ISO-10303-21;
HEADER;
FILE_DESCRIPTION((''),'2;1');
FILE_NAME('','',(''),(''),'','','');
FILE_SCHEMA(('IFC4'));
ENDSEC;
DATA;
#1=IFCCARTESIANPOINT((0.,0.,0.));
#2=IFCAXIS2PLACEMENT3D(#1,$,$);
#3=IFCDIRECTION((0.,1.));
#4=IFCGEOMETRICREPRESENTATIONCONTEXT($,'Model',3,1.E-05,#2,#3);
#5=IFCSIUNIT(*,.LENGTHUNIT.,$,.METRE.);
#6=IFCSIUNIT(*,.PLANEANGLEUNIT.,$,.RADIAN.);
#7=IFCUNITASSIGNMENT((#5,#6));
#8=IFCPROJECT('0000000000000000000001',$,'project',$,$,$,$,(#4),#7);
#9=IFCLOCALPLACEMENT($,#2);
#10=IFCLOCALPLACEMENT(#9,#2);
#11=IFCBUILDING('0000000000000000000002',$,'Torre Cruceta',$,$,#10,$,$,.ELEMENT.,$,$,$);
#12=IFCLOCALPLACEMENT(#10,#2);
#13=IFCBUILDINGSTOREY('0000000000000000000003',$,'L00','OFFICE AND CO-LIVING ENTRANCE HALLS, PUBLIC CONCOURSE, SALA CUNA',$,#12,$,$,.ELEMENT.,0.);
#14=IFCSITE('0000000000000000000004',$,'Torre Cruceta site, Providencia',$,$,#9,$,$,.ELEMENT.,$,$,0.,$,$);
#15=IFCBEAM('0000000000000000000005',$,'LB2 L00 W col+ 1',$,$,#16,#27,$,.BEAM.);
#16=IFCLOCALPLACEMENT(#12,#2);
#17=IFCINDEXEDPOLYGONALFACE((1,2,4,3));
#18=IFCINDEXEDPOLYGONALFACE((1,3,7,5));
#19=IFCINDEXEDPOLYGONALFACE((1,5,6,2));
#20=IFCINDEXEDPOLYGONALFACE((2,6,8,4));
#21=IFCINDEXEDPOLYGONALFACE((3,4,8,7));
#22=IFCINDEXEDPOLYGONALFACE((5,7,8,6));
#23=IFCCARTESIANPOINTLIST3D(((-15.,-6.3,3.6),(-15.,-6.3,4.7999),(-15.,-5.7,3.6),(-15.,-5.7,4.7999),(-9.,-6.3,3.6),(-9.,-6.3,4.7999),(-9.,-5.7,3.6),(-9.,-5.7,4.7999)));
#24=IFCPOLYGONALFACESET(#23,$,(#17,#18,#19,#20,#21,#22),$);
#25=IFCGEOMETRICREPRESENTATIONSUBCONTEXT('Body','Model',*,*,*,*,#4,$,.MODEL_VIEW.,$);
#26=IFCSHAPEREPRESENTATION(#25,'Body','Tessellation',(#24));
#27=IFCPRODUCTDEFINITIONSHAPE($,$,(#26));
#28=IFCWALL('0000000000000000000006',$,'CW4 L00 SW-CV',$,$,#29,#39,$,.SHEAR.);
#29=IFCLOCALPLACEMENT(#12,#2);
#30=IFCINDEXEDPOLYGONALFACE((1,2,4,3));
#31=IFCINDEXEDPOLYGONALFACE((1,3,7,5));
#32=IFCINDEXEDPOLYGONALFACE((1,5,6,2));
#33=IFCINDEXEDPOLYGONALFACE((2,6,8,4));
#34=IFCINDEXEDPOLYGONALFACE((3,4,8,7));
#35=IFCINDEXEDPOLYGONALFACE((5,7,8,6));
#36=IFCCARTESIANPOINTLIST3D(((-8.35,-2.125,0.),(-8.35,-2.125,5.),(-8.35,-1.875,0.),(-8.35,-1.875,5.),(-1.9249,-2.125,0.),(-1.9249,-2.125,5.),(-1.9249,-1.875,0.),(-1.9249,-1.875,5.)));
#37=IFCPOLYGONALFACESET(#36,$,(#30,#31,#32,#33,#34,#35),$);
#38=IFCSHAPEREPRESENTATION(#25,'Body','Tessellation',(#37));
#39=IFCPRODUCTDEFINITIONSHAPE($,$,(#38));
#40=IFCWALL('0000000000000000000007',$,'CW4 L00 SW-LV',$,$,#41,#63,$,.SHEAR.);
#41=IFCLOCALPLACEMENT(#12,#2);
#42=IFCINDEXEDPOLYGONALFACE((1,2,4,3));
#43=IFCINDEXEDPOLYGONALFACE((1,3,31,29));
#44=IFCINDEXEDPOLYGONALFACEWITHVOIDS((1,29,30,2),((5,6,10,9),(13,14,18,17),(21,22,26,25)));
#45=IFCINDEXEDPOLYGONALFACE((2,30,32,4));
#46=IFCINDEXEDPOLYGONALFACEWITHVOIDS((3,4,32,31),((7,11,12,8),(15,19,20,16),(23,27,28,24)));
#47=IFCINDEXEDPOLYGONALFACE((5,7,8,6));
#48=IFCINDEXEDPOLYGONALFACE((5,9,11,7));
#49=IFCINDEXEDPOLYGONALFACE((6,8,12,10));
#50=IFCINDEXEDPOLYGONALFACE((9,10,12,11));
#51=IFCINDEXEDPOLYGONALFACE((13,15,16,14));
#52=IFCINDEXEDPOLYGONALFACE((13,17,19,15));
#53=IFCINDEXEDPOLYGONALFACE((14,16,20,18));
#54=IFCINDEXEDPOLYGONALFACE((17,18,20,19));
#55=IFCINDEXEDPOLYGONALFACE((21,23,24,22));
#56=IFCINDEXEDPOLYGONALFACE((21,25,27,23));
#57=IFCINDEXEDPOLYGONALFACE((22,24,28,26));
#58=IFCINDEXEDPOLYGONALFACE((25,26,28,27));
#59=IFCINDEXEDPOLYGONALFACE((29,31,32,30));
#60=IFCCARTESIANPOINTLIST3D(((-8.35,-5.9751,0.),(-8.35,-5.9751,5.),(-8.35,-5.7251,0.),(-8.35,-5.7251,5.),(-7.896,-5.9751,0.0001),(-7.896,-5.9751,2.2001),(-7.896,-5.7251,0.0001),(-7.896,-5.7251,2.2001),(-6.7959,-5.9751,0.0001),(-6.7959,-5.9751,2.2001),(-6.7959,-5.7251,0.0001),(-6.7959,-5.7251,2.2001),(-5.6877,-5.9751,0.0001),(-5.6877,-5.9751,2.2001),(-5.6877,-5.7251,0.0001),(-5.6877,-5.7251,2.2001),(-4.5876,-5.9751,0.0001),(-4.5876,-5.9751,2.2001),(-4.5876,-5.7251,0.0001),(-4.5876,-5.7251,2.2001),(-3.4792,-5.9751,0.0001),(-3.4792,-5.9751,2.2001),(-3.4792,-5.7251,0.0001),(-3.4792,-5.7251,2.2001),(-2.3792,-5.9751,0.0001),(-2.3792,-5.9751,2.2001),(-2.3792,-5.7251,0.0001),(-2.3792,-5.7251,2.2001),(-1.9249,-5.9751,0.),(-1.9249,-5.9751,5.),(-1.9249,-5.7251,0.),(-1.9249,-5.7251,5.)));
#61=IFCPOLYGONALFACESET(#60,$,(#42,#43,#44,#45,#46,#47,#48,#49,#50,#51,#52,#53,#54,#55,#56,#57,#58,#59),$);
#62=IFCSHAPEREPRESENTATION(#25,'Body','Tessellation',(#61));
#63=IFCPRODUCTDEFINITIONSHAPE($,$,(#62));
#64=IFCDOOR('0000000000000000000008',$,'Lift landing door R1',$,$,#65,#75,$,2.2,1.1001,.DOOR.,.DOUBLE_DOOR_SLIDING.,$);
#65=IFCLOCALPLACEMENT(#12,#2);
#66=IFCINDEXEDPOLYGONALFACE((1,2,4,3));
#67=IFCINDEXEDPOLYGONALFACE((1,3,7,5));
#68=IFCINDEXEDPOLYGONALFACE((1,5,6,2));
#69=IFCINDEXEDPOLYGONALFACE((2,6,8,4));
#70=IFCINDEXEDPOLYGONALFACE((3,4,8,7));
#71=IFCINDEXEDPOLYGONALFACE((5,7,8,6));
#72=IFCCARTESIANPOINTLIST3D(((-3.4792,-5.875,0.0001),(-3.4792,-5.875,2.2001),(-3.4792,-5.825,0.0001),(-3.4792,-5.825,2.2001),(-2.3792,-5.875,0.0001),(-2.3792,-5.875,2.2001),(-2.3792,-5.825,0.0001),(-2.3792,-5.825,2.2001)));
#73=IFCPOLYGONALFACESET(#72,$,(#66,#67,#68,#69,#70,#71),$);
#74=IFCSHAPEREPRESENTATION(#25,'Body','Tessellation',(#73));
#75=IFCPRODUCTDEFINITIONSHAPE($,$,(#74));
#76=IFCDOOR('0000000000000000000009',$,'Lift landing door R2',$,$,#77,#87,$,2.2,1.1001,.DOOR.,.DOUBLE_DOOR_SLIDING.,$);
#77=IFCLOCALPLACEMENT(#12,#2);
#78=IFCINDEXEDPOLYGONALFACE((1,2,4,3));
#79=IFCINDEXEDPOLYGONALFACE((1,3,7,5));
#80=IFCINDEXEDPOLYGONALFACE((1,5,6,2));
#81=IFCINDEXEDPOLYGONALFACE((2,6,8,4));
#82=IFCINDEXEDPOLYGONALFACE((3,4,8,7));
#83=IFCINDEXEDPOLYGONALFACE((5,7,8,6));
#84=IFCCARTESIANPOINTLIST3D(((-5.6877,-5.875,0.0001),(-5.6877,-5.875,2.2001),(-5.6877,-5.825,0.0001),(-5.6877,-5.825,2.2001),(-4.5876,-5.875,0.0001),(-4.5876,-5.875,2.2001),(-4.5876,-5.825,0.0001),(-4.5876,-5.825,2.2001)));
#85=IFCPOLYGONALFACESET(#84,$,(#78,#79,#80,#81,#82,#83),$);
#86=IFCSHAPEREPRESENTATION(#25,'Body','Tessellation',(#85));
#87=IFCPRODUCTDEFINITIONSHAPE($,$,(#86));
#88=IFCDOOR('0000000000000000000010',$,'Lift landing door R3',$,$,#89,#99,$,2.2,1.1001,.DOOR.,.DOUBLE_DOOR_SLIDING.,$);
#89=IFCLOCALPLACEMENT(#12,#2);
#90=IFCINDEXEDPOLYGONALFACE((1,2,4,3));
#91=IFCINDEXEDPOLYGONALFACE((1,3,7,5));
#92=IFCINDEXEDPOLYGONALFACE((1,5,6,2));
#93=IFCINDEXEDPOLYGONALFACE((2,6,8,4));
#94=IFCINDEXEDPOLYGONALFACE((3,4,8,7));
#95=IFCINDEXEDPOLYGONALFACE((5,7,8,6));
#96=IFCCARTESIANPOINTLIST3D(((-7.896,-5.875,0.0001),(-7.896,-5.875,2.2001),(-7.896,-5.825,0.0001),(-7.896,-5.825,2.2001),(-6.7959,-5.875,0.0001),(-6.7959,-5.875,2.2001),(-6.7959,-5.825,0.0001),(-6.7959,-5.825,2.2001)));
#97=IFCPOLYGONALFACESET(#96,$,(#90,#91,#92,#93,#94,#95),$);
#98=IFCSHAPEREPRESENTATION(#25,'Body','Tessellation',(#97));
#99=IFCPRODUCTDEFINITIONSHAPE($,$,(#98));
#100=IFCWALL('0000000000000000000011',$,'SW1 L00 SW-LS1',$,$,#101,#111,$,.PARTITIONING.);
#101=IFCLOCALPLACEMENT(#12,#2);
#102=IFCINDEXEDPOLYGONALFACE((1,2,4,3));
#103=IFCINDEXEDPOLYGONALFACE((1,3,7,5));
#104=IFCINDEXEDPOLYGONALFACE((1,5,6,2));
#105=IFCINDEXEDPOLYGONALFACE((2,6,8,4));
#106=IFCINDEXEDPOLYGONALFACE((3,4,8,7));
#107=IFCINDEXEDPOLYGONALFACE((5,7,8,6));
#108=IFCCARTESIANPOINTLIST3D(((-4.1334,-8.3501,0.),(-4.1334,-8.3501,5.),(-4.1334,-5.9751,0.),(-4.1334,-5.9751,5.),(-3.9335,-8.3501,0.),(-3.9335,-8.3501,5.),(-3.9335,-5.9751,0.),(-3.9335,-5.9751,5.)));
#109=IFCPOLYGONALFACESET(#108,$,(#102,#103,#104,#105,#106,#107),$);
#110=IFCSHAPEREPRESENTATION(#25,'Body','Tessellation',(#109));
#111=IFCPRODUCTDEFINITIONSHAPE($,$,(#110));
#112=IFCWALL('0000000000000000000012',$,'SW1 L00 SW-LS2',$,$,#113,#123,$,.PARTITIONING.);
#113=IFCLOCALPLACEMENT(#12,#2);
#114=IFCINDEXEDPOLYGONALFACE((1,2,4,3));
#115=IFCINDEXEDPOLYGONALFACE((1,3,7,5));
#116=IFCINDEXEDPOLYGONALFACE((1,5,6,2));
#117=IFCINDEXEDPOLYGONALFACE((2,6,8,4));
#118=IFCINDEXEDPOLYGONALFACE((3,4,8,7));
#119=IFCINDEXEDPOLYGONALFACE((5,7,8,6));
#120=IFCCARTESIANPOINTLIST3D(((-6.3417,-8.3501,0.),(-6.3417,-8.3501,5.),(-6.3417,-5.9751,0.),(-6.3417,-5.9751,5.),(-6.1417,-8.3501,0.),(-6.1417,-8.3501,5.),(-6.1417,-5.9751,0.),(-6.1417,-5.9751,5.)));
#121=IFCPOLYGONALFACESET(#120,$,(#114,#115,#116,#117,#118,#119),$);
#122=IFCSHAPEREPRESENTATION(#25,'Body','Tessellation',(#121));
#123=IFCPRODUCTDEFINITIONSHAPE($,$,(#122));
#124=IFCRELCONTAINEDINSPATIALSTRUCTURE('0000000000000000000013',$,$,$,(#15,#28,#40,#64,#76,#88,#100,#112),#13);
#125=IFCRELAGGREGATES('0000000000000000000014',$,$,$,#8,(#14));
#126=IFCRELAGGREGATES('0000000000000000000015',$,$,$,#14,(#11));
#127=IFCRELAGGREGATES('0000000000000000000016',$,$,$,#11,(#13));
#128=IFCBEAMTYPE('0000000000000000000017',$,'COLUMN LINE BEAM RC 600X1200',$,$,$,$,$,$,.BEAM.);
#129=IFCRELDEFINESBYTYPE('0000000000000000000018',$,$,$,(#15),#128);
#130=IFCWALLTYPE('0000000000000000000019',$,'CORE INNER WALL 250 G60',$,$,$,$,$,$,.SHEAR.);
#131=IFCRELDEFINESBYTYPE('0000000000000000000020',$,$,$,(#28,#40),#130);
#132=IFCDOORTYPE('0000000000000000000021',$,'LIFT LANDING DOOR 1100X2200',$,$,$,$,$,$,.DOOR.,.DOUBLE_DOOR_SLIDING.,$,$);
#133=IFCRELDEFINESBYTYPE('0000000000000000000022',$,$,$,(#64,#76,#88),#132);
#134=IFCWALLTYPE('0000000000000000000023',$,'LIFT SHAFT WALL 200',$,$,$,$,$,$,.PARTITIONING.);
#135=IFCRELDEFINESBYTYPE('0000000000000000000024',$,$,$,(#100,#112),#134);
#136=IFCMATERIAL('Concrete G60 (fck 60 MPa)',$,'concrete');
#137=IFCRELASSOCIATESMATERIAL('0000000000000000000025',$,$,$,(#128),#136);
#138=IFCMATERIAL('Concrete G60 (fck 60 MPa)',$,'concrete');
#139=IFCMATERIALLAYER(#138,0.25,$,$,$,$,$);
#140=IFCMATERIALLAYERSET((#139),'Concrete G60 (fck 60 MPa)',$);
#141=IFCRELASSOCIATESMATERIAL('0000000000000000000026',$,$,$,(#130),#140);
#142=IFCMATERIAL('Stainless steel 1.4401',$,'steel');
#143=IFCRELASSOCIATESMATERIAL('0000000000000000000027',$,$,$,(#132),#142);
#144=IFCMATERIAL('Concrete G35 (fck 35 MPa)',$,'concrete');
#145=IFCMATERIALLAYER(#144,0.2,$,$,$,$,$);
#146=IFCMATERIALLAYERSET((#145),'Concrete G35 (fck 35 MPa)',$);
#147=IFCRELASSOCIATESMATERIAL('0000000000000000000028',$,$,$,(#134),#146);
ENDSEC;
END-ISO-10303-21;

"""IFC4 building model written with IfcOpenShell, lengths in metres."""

from ifc_helpers import new_model, si_unit, direction, frame, frame_2d, origin, origin_2d, place, context, subcontext, project, spatial, rectangle, extrude, material, layer, layer_set, material_profile, profile_set, type_object, element, fill, save


model = new_model("IFC4")

# Units and contexts
model_context = context("Model", 3, precision=1e-05, world=origin(), true_north=direction((0.0, 1.0)))
body_context = subcontext(model_context, "Body", "Model", "MODEL_VIEW")
ifc_project = project(units=[si_unit("LENGTHUNIT", "METRE"), si_unit("PLANEANGLEUNIT", "RADIAN")], contexts=[model_context])

# Site, building, storey
site_placement = place(None, origin())
site = spatial("IfcSite", under=ifc_project, at=site_placement, Name="Torre Cruceta site, Providencia", CompositionType="ELEMENT", RefElevation=0.0)
building_placement = place(site_placement, origin())
building = spatial("IfcBuilding", under=site, at=building_placement, Name="Torre Cruceta", CompositionType="ELEMENT")
storey_placement = place(building_placement, origin())
storey = spatial("IfcBuildingStorey", under=building, at=storey_placement, Name="L00", Description="OFFICE AND CO-LIVING ENTRANCE HALLS, PUBLIC CONCOURSE, SALA CUNA", CompositionType="ELEMENT", Elevation=0.0)

# Beam
ifc_material_1 = material(Name="Concrete G60 (fck 60 MPa)", Category="concrete")
ifc_material_profile = material_profile(ifc_material_1, rectangle(XDim=0.6001, YDim=1.2, at=origin_2d()), Name="RC 600X1200")
ifc_profile_set = profile_set([ifc_material_profile], Name="Concrete G60 (fck 60 MPa)")
beam_type = type_object("IfcBeamType", Name="COLUMN LINE BEAM RC 600X1200", PredefinedType="BEAM", material=ifc_profile_set)
beam_placement = place(storey_placement, frame((-9.0, -6.0, 4.2), z_axis=(-1.0, 0.0, 0.0), x_axis=(0.0, -1.0, 0.0)))
element("IfcBeam", 1, at=beam_placement, inside=storey, type_object=beam_type, Name="LB2 L00 W col+ 1", PredefinedType="BEAM", context=body_context, shape_type="SweptSolid", body=[
    extrude(rectangle(XDim=0.6001, YDim=1.2, at=origin_2d()), origin(), (0.0, 0.0, 1.0), 6.0),
])

# Shared definitions
ifc_material_2 = material(Name="Concrete G60 (fck 60 MPa)", Category="concrete")
ifc_layer_1 = layer(ifc_material_2, 0.25)
ifc_layer_set_1 = layer_set([ifc_layer_1], Name="Concrete G60 (fck 60 MPa)")
wall_type_1 = type_object("IfcWallType", Name="CORE INNER WALL 250 G60", PredefinedType="SHEAR", material=ifc_layer_set_1)

# Wall
wall_1_placement = place(storey_placement, frame((-1.925, -2.0, 0.0), z_axis=(0.0, 0.0, 1.0), x_axis=(-1.0, 0.0, 0.0)))
element("IfcWall", 2, at=wall_1_placement, inside=storey, type_object=wall_type_1, Name="CW4 L00 SW-CV", PredefinedType="SHEAR", context=body_context, shape_type="SweptSolid", body=[
    extrude(rectangle(XDim=6.425, YDim=0.25, at=frame_2d((3.2124, 0.0))), origin(), (0.0, 0.0, 1.0), 5.0),
])

# Wall, openings, doors
wall_2_placement = place(storey_placement, frame((-1.925, -5.8501, 0.0), z_axis=(0.0, 0.0, 1.0), x_axis=(-1.0, 0.0, 0.0)))
wall_2 = element("IfcWall", 3, at=wall_2_placement, inside=storey, type_object=wall_type_1, Name="CW4 L00 SW-LV", PredefinedType="SHEAR", context=body_context, shape_type="SweptSolid", body=[
    extrude(rectangle(XDim=6.425, YDim=0.25, at=frame_2d((3.2124, 0.0))), origin(), (0.0, 0.0, 1.0), 5.0),
])
opening_1_placement = place(wall_2_placement, frame((0.4541, 0.0, 0.0)))
opening_1 = element("IfcOpeningElement", 4, at=opening_1_placement, cuts=wall_2, PredefinedType="OPENING", context=body_context, shape_type="SweptSolid", body=[
    extrude(rectangle(XDim=1.1001, YDim=2.2, at=frame_2d((0.55, 1.1001))), frame((0.0, 0.135, 0.0), z_axis=(0.0, -1.0, 0.0), x_axis=(1.0, 0.0, 0.0)), (0.0, 0.0, 1.0), 0.27),
])
opening_2_placement = place(wall_2_placement, frame((2.6626, 0.0, 0.0)))
opening_2 = element("IfcOpeningElement", 5, at=opening_2_placement, cuts=wall_2, PredefinedType="OPENING", context=body_context, shape_type="SweptSolid", body=[
    extrude(rectangle(XDim=1.1001, YDim=2.2, at=frame_2d((0.55, 1.1001))), frame((0.0, 0.135, 0.0), z_axis=(0.0, -1.0, 0.0), x_axis=(1.0, 0.0, 0.0)), (0.0, 0.0, 1.0), 0.27),
])
opening_3_placement = place(wall_2_placement, frame((4.8708, 0.0, 0.0)))
opening_3 = element("IfcOpeningElement", 6, at=opening_3_placement, cuts=wall_2, PredefinedType="OPENING", context=body_context, shape_type="SweptSolid", body=[
    extrude(rectangle(XDim=1.1001, YDim=2.2, at=frame_2d((0.55, 1.1001))), frame((0.0, 0.135, 0.0), z_axis=(0.0, -1.0, 0.0), x_axis=(1.0, 0.0, 0.0)), (0.0, 0.0, 1.0), 0.27),
])
ifc_material_3 = material(Name="Stainless steel 1.4401", Category="steel")
door_type_1 = type_object("IfcDoorType", Name="LIFT LANDING DOOR 1100X2200", OperationType="DOUBLE_DOOR_SLIDING", PredefinedType="DOOR", material=ifc_material_3)
door_1_placement = place(opening_1_placement, origin())
door_1 = element("IfcDoor", 7, at=door_1_placement, inside=storey, type_object=door_type_1, Name="Lift landing door R1", OperationType="DOUBLE_DOOR_SLIDING", OverallHeight=2.2, OverallWidth=1.1001, PredefinedType="DOOR", context=body_context, shape_type="SweptSolid", body=[
    extrude(rectangle(XDim=1.1001, YDim=2.2, at=frame_2d((0.55, 1.1001))), frame((0.0, 0.0249, 0.0), z_axis=(0.0, -1.0, 0.0), x_axis=(1.0, 0.0, 0.0)), (0.0, 0.0, 1.0), 0.05),
])
fill(opening_1, door_1)
door_2_placement = place(opening_2_placement, origin())
door_2 = element("IfcDoor", 8, at=door_2_placement, inside=storey, type_object=door_type_1, Name="Lift landing door R2", OperationType="DOUBLE_DOOR_SLIDING", OverallHeight=2.2, OverallWidth=1.1001, PredefinedType="DOOR", context=body_context, shape_type="SweptSolid", body=[
    extrude(rectangle(XDim=1.1001, YDim=2.2, at=frame_2d((0.55, 1.1001))), frame((0.0, 0.0249, 0.0), z_axis=(0.0, -1.0, 0.0), x_axis=(1.0, 0.0, 0.0)), (0.0, 0.0, 1.0), 0.05),
])
fill(opening_2, door_2)
door_3_placement = place(opening_3_placement, origin())
door_3 = element("IfcDoor", 9, at=door_3_placement, inside=storey, type_object=door_type_1, Name="Lift landing door R3", OperationType="DOUBLE_DOOR_SLIDING", OverallHeight=2.2, OverallWidth=1.1001, PredefinedType="DOOR", context=body_context, shape_type="SweptSolid", body=[
    extrude(rectangle(XDim=1.1001, YDim=2.2, at=frame_2d((0.55, 1.1001))), frame((0.0, 0.0249, 0.0), z_axis=(0.0, -1.0, 0.0), x_axis=(1.0, 0.0, 0.0)), (0.0, 0.0, 1.0), 0.05),
])
fill(opening_3, door_3)

# Walls
ifc_material_4 = material(Name="Concrete G35 (fck 35 MPa)", Category="concrete")
ifc_layer_2 = layer(ifc_material_4, 0.2)
ifc_layer_set_2 = layer_set([ifc_layer_2], Name="Concrete G35 (fck 35 MPa)")
wall_type_2 = type_object("IfcWallType", Name="LIFT SHAFT WALL 200", PredefinedType="PARTITIONING", material=ifc_layer_set_2)
for number, where, z_axis, x_axis, name in (
    (10, (-4.0334, -5.9751, 0.0), (0.0, 0.0, 1.0), (0.0, -1.0, 0.0), "SW1 L00 SW-LS1"),
    (11, (-6.2417, -5.9751, 0.0), (0.0, 0.0, 1.0), (0.0, -1.0, 0.0), "SW1 L00 SW-LS2"),
):
    element("IfcWall", number, at=place(storey_placement, frame(where, z_axis=z_axis, x_axis=x_axis)), inside=storey, type_object=wall_type_2, Name=name, PredefinedType="PARTITIONING", context=body_context, shape_type="SweptSolid", body=[
        extrude(rectangle(XDim=2.375, YDim=0.2, at=frame_2d((1.1875, 0.0))), origin(), (0.0, 0.0, 1.0), 5.0),
    ])

save(model, "model.ifc")
